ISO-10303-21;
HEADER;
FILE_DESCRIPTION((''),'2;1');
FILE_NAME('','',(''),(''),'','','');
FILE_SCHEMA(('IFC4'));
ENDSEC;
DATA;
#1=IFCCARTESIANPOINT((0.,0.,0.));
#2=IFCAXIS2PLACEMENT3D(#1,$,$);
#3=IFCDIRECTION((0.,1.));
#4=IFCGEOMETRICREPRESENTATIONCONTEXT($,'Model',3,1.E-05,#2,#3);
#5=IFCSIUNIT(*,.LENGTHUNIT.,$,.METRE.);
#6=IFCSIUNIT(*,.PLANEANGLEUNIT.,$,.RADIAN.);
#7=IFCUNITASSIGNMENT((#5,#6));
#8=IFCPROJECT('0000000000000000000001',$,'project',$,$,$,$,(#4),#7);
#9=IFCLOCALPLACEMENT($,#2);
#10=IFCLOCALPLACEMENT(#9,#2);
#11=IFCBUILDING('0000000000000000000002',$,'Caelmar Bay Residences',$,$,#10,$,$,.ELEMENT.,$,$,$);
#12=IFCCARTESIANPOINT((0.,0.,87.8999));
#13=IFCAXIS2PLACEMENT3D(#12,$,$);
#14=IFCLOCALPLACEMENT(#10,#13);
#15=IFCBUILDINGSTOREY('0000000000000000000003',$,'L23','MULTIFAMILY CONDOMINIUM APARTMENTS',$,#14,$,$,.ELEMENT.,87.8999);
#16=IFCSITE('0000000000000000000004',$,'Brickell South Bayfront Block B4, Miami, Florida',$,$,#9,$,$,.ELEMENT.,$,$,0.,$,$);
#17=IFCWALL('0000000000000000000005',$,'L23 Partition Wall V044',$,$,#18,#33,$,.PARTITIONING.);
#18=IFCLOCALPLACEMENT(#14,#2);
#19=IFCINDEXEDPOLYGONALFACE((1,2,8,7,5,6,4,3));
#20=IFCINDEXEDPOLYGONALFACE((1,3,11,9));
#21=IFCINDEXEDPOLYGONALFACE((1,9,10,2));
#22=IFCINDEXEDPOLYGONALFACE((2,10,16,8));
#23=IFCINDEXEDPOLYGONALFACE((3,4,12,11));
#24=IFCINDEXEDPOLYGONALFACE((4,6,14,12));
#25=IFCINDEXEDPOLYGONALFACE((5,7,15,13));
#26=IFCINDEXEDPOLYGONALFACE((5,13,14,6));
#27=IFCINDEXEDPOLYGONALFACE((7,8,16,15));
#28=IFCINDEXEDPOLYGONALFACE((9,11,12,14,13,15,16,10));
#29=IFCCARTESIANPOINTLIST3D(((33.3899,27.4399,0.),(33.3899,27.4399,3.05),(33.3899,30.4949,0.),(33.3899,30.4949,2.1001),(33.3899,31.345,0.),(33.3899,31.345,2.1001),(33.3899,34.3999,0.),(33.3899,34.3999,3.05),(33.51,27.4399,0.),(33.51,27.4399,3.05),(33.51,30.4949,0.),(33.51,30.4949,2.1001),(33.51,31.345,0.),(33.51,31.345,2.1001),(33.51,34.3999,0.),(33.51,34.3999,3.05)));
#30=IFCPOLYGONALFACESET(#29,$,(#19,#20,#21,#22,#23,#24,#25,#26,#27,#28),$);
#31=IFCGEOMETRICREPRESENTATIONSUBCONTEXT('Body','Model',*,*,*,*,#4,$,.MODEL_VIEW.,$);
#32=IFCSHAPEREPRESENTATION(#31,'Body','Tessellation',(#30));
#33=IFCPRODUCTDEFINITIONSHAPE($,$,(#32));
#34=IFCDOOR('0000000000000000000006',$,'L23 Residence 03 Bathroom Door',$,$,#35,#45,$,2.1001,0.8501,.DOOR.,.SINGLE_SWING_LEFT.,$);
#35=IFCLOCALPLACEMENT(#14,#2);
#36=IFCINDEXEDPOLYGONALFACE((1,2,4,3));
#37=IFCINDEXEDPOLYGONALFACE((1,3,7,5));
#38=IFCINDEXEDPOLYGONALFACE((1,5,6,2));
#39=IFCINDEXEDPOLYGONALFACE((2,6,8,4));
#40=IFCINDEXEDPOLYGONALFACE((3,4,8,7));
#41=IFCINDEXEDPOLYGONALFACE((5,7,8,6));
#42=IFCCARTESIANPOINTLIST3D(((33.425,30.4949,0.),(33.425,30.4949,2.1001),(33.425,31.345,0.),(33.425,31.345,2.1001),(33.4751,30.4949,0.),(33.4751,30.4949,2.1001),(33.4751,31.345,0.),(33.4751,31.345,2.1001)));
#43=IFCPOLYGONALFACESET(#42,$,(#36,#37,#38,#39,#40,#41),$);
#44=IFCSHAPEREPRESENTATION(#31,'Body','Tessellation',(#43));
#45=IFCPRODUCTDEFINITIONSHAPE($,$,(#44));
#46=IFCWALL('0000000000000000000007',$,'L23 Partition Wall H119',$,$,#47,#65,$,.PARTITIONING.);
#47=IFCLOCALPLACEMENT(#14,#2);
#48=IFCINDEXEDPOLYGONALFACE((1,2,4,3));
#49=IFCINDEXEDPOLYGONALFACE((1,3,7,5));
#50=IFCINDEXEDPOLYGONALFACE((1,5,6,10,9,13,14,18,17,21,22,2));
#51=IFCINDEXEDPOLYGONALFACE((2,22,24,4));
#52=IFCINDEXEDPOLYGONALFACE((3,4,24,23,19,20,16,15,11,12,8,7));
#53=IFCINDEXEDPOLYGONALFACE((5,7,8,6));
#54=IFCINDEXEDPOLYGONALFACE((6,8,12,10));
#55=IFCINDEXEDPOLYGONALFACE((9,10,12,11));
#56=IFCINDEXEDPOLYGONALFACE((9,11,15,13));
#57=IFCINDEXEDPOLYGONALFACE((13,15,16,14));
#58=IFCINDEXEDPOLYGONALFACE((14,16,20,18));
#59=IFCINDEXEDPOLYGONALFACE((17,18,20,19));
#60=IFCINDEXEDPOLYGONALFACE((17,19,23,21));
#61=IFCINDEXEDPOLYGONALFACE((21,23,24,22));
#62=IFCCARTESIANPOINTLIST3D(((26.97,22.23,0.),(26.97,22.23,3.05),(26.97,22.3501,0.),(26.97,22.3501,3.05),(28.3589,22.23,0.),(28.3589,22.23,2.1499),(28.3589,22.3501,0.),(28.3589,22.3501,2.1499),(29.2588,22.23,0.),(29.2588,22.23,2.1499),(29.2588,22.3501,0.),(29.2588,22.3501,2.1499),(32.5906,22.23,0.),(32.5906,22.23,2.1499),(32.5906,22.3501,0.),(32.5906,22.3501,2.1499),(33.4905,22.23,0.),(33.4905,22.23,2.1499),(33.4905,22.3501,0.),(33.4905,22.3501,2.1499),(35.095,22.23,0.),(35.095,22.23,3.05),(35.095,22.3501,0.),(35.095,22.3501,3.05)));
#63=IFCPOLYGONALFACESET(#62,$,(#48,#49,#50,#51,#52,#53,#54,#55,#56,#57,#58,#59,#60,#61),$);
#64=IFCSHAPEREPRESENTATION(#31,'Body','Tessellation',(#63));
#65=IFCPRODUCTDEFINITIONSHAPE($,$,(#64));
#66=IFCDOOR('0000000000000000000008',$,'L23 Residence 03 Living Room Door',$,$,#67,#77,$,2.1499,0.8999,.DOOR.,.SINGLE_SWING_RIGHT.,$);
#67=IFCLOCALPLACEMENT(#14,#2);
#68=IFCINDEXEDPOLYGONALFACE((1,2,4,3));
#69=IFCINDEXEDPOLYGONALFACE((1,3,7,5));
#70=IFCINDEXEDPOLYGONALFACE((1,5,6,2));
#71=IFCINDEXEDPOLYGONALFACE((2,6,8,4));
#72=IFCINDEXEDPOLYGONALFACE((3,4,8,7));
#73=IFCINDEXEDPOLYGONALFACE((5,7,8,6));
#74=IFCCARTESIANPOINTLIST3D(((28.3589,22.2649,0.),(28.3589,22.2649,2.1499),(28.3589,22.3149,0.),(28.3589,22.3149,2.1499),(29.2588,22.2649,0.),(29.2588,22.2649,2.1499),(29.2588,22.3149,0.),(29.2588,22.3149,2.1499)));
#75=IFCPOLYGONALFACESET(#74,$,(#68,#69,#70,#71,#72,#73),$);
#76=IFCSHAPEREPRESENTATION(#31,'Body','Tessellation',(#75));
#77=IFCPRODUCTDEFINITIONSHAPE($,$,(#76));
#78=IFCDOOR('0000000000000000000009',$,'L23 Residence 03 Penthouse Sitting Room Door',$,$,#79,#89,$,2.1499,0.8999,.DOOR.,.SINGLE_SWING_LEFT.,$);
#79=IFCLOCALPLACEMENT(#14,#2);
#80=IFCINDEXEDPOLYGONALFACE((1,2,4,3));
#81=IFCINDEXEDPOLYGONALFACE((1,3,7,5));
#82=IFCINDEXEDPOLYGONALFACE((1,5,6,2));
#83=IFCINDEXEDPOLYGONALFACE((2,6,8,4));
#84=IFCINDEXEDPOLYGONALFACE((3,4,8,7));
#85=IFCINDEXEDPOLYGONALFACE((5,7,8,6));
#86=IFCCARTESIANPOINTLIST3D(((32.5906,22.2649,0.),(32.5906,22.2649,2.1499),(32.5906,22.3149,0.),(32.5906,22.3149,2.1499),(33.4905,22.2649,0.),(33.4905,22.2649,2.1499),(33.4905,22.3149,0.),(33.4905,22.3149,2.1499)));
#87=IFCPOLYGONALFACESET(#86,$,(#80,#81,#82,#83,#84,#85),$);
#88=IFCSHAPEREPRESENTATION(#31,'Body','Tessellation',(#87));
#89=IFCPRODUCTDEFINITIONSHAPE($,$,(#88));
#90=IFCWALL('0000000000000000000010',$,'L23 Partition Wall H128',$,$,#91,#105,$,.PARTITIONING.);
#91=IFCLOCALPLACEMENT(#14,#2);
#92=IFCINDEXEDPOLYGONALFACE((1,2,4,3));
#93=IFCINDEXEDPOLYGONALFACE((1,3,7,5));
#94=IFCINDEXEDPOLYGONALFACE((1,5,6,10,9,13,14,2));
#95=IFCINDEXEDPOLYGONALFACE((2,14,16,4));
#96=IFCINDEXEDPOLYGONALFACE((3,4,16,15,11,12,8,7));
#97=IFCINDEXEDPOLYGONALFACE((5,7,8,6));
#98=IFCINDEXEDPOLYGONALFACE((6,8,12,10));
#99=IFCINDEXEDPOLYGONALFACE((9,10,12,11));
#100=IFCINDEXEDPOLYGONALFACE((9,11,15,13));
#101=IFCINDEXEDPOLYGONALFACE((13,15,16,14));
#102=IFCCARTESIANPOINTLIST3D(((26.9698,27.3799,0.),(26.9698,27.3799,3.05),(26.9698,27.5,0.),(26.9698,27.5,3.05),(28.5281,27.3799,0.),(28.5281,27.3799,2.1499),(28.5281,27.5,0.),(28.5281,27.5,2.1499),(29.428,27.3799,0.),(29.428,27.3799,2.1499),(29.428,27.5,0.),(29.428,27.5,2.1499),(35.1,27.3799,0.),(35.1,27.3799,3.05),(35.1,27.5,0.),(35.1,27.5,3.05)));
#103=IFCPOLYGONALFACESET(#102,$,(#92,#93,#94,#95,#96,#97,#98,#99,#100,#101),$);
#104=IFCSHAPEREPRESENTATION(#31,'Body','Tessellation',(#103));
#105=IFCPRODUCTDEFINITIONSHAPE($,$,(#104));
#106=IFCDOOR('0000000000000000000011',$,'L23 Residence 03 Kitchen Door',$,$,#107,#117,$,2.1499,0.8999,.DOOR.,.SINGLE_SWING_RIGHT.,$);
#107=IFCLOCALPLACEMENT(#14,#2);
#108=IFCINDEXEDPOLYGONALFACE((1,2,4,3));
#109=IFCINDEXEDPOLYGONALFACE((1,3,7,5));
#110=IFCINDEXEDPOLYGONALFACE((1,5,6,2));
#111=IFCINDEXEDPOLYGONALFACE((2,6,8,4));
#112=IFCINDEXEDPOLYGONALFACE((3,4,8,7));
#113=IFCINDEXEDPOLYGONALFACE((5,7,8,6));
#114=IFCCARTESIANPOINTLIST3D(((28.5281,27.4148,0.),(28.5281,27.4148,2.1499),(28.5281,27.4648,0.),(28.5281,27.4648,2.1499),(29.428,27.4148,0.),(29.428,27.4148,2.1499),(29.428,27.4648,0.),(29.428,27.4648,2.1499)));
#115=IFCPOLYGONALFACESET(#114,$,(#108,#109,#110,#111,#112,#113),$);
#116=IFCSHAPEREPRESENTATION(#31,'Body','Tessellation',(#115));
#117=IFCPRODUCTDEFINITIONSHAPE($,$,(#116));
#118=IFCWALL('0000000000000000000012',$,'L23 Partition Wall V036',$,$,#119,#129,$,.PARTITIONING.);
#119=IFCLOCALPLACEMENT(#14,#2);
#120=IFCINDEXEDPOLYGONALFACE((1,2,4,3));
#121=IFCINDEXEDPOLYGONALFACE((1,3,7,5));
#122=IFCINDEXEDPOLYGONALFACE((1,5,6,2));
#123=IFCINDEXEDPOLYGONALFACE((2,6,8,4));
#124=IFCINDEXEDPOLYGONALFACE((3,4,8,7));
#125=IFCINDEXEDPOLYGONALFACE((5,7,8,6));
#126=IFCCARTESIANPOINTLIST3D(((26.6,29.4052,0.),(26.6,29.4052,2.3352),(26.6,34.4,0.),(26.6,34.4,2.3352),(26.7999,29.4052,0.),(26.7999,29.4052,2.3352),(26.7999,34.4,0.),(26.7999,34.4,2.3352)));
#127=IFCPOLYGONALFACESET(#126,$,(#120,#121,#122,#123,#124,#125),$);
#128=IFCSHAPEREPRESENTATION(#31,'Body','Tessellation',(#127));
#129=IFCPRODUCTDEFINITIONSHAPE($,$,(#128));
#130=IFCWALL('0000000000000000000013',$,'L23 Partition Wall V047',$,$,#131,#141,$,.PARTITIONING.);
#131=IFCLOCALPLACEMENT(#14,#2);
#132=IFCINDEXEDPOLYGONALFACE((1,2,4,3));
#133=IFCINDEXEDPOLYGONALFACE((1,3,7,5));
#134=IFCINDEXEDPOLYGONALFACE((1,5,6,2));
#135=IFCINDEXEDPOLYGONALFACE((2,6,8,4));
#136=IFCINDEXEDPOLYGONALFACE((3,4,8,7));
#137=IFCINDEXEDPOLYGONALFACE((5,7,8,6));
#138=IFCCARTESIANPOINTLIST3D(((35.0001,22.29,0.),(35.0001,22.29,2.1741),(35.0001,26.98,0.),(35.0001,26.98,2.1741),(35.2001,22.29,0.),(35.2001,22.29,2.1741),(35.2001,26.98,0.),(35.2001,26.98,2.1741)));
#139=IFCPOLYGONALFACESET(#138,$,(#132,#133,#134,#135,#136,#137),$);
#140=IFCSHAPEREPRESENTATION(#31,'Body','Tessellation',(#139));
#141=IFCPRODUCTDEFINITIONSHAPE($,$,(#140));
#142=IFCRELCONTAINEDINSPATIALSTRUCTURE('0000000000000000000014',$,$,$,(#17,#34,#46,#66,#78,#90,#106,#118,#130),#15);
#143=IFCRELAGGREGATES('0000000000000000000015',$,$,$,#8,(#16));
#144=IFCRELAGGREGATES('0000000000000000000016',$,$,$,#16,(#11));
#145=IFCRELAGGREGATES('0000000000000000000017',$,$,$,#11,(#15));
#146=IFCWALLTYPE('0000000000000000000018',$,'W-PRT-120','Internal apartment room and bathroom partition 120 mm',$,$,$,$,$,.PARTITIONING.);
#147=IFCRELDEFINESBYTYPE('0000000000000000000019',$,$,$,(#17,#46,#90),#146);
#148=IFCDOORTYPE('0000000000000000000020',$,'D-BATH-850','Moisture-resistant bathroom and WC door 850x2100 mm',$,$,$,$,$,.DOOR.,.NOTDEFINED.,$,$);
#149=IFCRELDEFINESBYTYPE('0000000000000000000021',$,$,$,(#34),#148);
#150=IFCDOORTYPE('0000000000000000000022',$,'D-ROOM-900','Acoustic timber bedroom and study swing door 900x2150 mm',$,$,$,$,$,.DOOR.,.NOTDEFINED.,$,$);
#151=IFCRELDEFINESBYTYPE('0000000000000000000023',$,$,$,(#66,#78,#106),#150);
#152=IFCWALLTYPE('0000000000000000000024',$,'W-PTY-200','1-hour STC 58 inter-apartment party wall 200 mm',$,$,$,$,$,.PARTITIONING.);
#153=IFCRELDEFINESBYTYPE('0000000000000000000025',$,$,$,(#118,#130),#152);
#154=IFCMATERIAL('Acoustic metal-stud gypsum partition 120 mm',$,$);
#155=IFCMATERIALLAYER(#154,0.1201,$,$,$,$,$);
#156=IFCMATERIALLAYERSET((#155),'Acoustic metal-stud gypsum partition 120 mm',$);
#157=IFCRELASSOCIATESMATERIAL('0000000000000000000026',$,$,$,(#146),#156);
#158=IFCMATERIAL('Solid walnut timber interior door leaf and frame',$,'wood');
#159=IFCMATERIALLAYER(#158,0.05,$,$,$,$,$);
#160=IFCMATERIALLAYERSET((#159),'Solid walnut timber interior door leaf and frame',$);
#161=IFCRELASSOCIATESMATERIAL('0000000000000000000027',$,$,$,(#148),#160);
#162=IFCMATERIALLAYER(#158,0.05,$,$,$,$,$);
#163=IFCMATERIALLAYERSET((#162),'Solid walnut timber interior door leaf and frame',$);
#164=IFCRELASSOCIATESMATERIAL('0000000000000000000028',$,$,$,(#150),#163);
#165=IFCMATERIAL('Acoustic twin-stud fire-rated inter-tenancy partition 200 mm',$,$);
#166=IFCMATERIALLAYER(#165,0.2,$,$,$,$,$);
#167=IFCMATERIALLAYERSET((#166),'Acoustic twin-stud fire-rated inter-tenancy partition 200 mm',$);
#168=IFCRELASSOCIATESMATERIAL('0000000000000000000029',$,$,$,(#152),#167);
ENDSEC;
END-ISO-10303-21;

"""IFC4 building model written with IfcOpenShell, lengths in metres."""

from ifc_helpers import new_model, si_unit, direction, frame, frame_2d, origin, place, context, subcontext, project, spatial, rectangle, extrude, material, layer, layer_set, type_object, element, fill, save


model = new_model("IFC4")

# Units and contexts
model_context = context("Model", 3, precision=1e-05, world=origin(), true_north=direction((0.0, 1.0)))
body_context = subcontext(model_context, "Body", "Model", "MODEL_VIEW")
ifc_project = project(units=[si_unit("LENGTHUNIT", "METRE"), si_unit("PLANEANGLEUNIT", "RADIAN")], contexts=[model_context])

# Site, building, storey
site_placement = place(None, origin())
site = spatial("IfcSite", under=ifc_project, at=site_placement, Name="Brickell South Bayfront Block B4, Miami, Florida", CompositionType="ELEMENT", RefElevation=0.0)
building_placement = place(site_placement, origin())
building = spatial("IfcBuilding", under=site, at=building_placement, Name="Caelmar Bay Residences", CompositionType="ELEMENT")
storey_placement = place(building_placement, frame((0.0, 0.0, 87.8999)))
storey = spatial("IfcBuildingStorey", under=building, at=storey_placement, Name="L23", Description="MULTIFAMILY CONDOMINIUM APARTMENTS", CompositionType="ELEMENT", Elevation=87.8999)

# Shared definitions
ifc_material_1 = material(Name="Acoustic metal-stud gypsum partition 120 mm")
ifc_layer_1 = layer(ifc_material_1, 0.1201)
ifc_layer_set_1 = layer_set([ifc_layer_1], Name="Acoustic metal-stud gypsum partition 120 mm")
wall_type_1 = type_object("IfcWallType", Name="W-PRT-120", Description="Internal apartment room and bathroom partition 120 mm", PredefinedType="PARTITIONING", material=ifc_layer_set_1)
ifc_material_2 = material(Name="Solid walnut timber interior door leaf and frame", Category="wood")
ifc_layer_2 = layer(ifc_material_2, 0.05)
ifc_layer_set_2 = layer_set([ifc_layer_2], Name="Solid walnut timber interior door leaf and frame")
door_type_1 = type_object("IfcDoorType", Name="D-BATH-850", Description="Moisture-resistant bathroom and WC door 850x2100 mm", OperationType="NOTDEFINED", PredefinedType="DOOR", material=ifc_layer_set_2)
ifc_layer_3 = layer(ifc_material_2, 0.05)
ifc_layer_set_3 = layer_set([ifc_layer_3], Name="Solid walnut timber interior door leaf and frame")
door_type_2 = type_object("IfcDoorType", Name="D-ROOM-900", Description="Acoustic timber bedroom and study swing door 900x2150 mm", OperationType="NOTDEFINED", PredefinedType="DOOR", material=ifc_layer_set_3)

# Wall, opening, door
wall_1_placement = place(storey_placement, frame((33.45, 27.4399, 0.0), z_axis=(0.0, 0.0, 1.0), x_axis=(0.0, 1.0, 0.0)))
wall_1 = element("IfcWall", 1, at=wall_1_placement, inside=storey, type_object=wall_type_1, Name="L23 Partition Wall V044", PredefinedType="PARTITIONING", context=body_context, shape_type="SweptSolid", body=[
    extrude(rectangle(XDim=6.96, YDim=0.1201, at=frame_2d((3.48, 0.0))), origin(), (0.0, 0.0, 1.0), 3.05),
])
opening_1_placement = place(wall_1_placement, frame((3.0549, 0.0, 0.0)))
opening_1 = element("IfcOpeningElement", 2, at=opening_1_placement, cuts=wall_1, PredefinedType="OPENING", context=body_context, shape_type="SweptSolid", body=[
    extrude(rectangle(XDim=0.8501, YDim=2.1001, at=frame_2d((0.425, 1.05))), frame((0.0, 0.0701, 0.0), z_axis=(0.0, -1.0, 0.0), x_axis=(1.0, 0.0, 0.0)), (0.0, 0.0, 1.0), 0.1401),
])
door_1_placement = place(opening_1_placement, origin())
door_1 = element("IfcDoor", 3, at=door_1_placement, inside=storey, type_object=door_type_1, Name="L23 Residence 03 Bathroom Door", OperationType="SINGLE_SWING_LEFT", OverallHeight=2.1001, OverallWidth=0.8501, PredefinedType="DOOR", context=body_context, shape_type="SweptSolid", body=[
    extrude(rectangle(XDim=0.8501, YDim=2.1001, at=frame_2d((0.425, 1.05))), frame((0.0, 0.0249, 0.0), z_axis=(0.0, -1.0, 0.0), x_axis=(1.0, 0.0, 0.0)), (0.0, 0.0, 1.0), 0.05),
])
fill(opening_1, door_1)

# Wall, openings, doors
wall_2_placement = place(storey_placement, frame((26.97, 22.29, 0.0), z_axis=(0.0, 0.0, 1.0), x_axis=(1.0, 0.0, 0.0)))
wall_2 = element("IfcWall", 4, at=wall_2_placement, inside=storey, type_object=wall_type_1, Name="L23 Partition Wall H119", PredefinedType="PARTITIONING", context=body_context, shape_type="SweptSolid", body=[
    extrude(rectangle(XDim=8.125, YDim=0.1201, at=frame_2d((4.0625, 0.0))), origin(), (0.0, 0.0, 1.0), 3.05),
])
opening_2_placement = place(wall_2_placement, frame((1.3889, 0.0, 0.0)))
opening_2 = element("IfcOpeningElement", 5, at=opening_2_placement, cuts=wall_2, PredefinedType="OPENING", context=body_context, shape_type="SweptSolid", body=[
    extrude(rectangle(XDim=0.8999, YDim=2.1499, at=frame_2d((0.45, 1.075))), frame((0.0, 0.0701, 0.0), z_axis=(0.0, -1.0, 0.0), x_axis=(1.0, 0.0, 0.0)), (0.0, 0.0, 1.0), 0.1401),
])
opening_3_placement = place(wall_2_placement, frame((5.6206, 0.0, 0.0)))
opening_3 = element("IfcOpeningElement", 6, at=opening_3_placement, cuts=wall_2, PredefinedType="OPENING", context=body_context, shape_type="SweptSolid", body=[
    extrude(rectangle(XDim=0.8999, YDim=2.1499, at=frame_2d((0.45, 1.075))), frame((0.0, 0.0701, 0.0), z_axis=(0.0, -1.0, 0.0), x_axis=(1.0, 0.0, 0.0)), (0.0, 0.0, 1.0), 0.1401),
])
door_2_placement = place(opening_2_placement, origin())
door_2 = element("IfcDoor", 7, at=door_2_placement, inside=storey, type_object=door_type_2, Name="L23 Residence 03 Living Room Door", OperationType="SINGLE_SWING_RIGHT", OverallHeight=2.1499, OverallWidth=0.8999, PredefinedType="DOOR", context=body_context, shape_type="SweptSolid", body=[
    extrude(rectangle(XDim=0.8999, YDim=2.1499, at=frame_2d((0.45, 1.075))), frame((0.0, 0.0249, 0.0), z_axis=(0.0, -1.0, 0.0), x_axis=(1.0, 0.0, 0.0)), (0.0, 0.0, 1.0), 0.05),
])
fill(opening_2, door_2)
door_3_placement = place(opening_3_placement, origin())
door_3 = element("IfcDoor", 8, at=door_3_placement, inside=storey, type_object=door_type_2, Name="L23 Residence 03 Penthouse Sitting Room Door", OperationType="SINGLE_SWING_LEFT", OverallHeight=2.1499, OverallWidth=0.8999, PredefinedType="DOOR", context=body_context, shape_type="SweptSolid", body=[
    extrude(rectangle(XDim=0.8999, YDim=2.1499, at=frame_2d((0.45, 1.075))), frame((0.0, 0.0249, 0.0), z_axis=(0.0, -1.0, 0.0), x_axis=(1.0, 0.0, 0.0)), (0.0, 0.0, 1.0), 0.05),
])
fill(opening_3, door_3)

# Wall, opening, door
wall_3_placement = place(storey_placement, frame((26.97, 27.4399, 0.0), z_axis=(0.0, 0.0, 1.0), x_axis=(1.0, 0.0, 0.0)))
wall_3 = element("IfcWall", 9, at=wall_3_placement, inside=storey, type_object=wall_type_1, Name="L23 Partition Wall H128", PredefinedType="PARTITIONING", context=body_context, shape_type="SweptSolid", body=[
    extrude(rectangle(XDim=8.1301, YDim=0.1201, at=frame_2d((4.0649, 0.0))), origin(), (0.0, 0.0, 1.0), 3.05),
])
opening_4_placement = place(wall_3_placement, frame((1.5581, 0.0, 0.0)))
opening_4 = element("IfcOpeningElement", 10, at=opening_4_placement, cuts=wall_3, PredefinedType="OPENING", context=body_context, shape_type="SweptSolid", body=[
    extrude(rectangle(XDim=0.8999, YDim=2.1499, at=frame_2d((0.45, 1.075))), frame((0.0, 0.0701, 0.0), z_axis=(0.0, -1.0, 0.0), x_axis=(1.0, 0.0, 0.0)), (0.0, 0.0, 1.0), 0.1401),
])
door_4_placement = place(opening_4_placement, origin())
door_4 = element("IfcDoor", 11, at=door_4_placement, inside=storey, type_object=door_type_2, Name="L23 Residence 03 Kitchen Door", OperationType="SINGLE_SWING_RIGHT", OverallHeight=2.1499, OverallWidth=0.8999, PredefinedType="DOOR", context=body_context, shape_type="SweptSolid", body=[
    extrude(rectangle(XDim=0.8999, YDim=2.1499, at=frame_2d((0.45, 1.075))), frame((0.0, 0.0249, 0.0), z_axis=(0.0, -1.0, 0.0), x_axis=(1.0, 0.0, 0.0)), (0.0, 0.0, 1.0), 0.05),
])
fill(opening_4, door_4)

# Walls
ifc_material_3 = material(Name="Acoustic twin-stud fire-rated inter-tenancy partition 200 mm")
ifc_layer_4 = layer(ifc_material_3, 0.2)
ifc_layer_set_4 = layer_set([ifc_layer_4], Name="Acoustic twin-stud fire-rated inter-tenancy partition 200 mm")
wall_type_2 = type_object("IfcWallType", Name="W-PTY-200", Description="1-hour STC 58 inter-apartment party wall 200 mm", PredefinedType="PARTITIONING", material=ifc_layer_set_4)
wall_4_placement = place(storey_placement, frame((26.7, 29.405, 0.0), z_axis=(0.0, 0.0, 1.0), x_axis=(0.0, 1.0, 0.0)))
element("IfcWall", 12, at=wall_4_placement, inside=storey, type_object=wall_type_2, Name="L23 Partition Wall V036", PredefinedType="PARTITIONING", context=body_context, shape_type="SweptSolid", body=[
    extrude(rectangle(XDim=4.9949, YDim=0.2, at=frame_2d((2.4976, 0.0))), origin(), (0.0, 0.0, 1.0), 2.3352),
])
wall_5_placement = place(storey_placement, frame((35.1001, 22.29, 0.0), z_axis=(0.0, 0.0, 1.0), x_axis=(0.0, 1.0, 0.0)))
element("IfcWall", 13, at=wall_5_placement, inside=storey, type_object=wall_type_2, Name="L23 Partition Wall V047", PredefinedType="PARTITIONING", context=body_context, shape_type="SweptSolid", body=[
    extrude(rectangle(XDim=4.6899, YDim=0.2, at=frame_2d((2.345, 0.0))), origin(), (0.0, 0.0, 1.0), 2.1741),
])

save(model, "model.ifc")
